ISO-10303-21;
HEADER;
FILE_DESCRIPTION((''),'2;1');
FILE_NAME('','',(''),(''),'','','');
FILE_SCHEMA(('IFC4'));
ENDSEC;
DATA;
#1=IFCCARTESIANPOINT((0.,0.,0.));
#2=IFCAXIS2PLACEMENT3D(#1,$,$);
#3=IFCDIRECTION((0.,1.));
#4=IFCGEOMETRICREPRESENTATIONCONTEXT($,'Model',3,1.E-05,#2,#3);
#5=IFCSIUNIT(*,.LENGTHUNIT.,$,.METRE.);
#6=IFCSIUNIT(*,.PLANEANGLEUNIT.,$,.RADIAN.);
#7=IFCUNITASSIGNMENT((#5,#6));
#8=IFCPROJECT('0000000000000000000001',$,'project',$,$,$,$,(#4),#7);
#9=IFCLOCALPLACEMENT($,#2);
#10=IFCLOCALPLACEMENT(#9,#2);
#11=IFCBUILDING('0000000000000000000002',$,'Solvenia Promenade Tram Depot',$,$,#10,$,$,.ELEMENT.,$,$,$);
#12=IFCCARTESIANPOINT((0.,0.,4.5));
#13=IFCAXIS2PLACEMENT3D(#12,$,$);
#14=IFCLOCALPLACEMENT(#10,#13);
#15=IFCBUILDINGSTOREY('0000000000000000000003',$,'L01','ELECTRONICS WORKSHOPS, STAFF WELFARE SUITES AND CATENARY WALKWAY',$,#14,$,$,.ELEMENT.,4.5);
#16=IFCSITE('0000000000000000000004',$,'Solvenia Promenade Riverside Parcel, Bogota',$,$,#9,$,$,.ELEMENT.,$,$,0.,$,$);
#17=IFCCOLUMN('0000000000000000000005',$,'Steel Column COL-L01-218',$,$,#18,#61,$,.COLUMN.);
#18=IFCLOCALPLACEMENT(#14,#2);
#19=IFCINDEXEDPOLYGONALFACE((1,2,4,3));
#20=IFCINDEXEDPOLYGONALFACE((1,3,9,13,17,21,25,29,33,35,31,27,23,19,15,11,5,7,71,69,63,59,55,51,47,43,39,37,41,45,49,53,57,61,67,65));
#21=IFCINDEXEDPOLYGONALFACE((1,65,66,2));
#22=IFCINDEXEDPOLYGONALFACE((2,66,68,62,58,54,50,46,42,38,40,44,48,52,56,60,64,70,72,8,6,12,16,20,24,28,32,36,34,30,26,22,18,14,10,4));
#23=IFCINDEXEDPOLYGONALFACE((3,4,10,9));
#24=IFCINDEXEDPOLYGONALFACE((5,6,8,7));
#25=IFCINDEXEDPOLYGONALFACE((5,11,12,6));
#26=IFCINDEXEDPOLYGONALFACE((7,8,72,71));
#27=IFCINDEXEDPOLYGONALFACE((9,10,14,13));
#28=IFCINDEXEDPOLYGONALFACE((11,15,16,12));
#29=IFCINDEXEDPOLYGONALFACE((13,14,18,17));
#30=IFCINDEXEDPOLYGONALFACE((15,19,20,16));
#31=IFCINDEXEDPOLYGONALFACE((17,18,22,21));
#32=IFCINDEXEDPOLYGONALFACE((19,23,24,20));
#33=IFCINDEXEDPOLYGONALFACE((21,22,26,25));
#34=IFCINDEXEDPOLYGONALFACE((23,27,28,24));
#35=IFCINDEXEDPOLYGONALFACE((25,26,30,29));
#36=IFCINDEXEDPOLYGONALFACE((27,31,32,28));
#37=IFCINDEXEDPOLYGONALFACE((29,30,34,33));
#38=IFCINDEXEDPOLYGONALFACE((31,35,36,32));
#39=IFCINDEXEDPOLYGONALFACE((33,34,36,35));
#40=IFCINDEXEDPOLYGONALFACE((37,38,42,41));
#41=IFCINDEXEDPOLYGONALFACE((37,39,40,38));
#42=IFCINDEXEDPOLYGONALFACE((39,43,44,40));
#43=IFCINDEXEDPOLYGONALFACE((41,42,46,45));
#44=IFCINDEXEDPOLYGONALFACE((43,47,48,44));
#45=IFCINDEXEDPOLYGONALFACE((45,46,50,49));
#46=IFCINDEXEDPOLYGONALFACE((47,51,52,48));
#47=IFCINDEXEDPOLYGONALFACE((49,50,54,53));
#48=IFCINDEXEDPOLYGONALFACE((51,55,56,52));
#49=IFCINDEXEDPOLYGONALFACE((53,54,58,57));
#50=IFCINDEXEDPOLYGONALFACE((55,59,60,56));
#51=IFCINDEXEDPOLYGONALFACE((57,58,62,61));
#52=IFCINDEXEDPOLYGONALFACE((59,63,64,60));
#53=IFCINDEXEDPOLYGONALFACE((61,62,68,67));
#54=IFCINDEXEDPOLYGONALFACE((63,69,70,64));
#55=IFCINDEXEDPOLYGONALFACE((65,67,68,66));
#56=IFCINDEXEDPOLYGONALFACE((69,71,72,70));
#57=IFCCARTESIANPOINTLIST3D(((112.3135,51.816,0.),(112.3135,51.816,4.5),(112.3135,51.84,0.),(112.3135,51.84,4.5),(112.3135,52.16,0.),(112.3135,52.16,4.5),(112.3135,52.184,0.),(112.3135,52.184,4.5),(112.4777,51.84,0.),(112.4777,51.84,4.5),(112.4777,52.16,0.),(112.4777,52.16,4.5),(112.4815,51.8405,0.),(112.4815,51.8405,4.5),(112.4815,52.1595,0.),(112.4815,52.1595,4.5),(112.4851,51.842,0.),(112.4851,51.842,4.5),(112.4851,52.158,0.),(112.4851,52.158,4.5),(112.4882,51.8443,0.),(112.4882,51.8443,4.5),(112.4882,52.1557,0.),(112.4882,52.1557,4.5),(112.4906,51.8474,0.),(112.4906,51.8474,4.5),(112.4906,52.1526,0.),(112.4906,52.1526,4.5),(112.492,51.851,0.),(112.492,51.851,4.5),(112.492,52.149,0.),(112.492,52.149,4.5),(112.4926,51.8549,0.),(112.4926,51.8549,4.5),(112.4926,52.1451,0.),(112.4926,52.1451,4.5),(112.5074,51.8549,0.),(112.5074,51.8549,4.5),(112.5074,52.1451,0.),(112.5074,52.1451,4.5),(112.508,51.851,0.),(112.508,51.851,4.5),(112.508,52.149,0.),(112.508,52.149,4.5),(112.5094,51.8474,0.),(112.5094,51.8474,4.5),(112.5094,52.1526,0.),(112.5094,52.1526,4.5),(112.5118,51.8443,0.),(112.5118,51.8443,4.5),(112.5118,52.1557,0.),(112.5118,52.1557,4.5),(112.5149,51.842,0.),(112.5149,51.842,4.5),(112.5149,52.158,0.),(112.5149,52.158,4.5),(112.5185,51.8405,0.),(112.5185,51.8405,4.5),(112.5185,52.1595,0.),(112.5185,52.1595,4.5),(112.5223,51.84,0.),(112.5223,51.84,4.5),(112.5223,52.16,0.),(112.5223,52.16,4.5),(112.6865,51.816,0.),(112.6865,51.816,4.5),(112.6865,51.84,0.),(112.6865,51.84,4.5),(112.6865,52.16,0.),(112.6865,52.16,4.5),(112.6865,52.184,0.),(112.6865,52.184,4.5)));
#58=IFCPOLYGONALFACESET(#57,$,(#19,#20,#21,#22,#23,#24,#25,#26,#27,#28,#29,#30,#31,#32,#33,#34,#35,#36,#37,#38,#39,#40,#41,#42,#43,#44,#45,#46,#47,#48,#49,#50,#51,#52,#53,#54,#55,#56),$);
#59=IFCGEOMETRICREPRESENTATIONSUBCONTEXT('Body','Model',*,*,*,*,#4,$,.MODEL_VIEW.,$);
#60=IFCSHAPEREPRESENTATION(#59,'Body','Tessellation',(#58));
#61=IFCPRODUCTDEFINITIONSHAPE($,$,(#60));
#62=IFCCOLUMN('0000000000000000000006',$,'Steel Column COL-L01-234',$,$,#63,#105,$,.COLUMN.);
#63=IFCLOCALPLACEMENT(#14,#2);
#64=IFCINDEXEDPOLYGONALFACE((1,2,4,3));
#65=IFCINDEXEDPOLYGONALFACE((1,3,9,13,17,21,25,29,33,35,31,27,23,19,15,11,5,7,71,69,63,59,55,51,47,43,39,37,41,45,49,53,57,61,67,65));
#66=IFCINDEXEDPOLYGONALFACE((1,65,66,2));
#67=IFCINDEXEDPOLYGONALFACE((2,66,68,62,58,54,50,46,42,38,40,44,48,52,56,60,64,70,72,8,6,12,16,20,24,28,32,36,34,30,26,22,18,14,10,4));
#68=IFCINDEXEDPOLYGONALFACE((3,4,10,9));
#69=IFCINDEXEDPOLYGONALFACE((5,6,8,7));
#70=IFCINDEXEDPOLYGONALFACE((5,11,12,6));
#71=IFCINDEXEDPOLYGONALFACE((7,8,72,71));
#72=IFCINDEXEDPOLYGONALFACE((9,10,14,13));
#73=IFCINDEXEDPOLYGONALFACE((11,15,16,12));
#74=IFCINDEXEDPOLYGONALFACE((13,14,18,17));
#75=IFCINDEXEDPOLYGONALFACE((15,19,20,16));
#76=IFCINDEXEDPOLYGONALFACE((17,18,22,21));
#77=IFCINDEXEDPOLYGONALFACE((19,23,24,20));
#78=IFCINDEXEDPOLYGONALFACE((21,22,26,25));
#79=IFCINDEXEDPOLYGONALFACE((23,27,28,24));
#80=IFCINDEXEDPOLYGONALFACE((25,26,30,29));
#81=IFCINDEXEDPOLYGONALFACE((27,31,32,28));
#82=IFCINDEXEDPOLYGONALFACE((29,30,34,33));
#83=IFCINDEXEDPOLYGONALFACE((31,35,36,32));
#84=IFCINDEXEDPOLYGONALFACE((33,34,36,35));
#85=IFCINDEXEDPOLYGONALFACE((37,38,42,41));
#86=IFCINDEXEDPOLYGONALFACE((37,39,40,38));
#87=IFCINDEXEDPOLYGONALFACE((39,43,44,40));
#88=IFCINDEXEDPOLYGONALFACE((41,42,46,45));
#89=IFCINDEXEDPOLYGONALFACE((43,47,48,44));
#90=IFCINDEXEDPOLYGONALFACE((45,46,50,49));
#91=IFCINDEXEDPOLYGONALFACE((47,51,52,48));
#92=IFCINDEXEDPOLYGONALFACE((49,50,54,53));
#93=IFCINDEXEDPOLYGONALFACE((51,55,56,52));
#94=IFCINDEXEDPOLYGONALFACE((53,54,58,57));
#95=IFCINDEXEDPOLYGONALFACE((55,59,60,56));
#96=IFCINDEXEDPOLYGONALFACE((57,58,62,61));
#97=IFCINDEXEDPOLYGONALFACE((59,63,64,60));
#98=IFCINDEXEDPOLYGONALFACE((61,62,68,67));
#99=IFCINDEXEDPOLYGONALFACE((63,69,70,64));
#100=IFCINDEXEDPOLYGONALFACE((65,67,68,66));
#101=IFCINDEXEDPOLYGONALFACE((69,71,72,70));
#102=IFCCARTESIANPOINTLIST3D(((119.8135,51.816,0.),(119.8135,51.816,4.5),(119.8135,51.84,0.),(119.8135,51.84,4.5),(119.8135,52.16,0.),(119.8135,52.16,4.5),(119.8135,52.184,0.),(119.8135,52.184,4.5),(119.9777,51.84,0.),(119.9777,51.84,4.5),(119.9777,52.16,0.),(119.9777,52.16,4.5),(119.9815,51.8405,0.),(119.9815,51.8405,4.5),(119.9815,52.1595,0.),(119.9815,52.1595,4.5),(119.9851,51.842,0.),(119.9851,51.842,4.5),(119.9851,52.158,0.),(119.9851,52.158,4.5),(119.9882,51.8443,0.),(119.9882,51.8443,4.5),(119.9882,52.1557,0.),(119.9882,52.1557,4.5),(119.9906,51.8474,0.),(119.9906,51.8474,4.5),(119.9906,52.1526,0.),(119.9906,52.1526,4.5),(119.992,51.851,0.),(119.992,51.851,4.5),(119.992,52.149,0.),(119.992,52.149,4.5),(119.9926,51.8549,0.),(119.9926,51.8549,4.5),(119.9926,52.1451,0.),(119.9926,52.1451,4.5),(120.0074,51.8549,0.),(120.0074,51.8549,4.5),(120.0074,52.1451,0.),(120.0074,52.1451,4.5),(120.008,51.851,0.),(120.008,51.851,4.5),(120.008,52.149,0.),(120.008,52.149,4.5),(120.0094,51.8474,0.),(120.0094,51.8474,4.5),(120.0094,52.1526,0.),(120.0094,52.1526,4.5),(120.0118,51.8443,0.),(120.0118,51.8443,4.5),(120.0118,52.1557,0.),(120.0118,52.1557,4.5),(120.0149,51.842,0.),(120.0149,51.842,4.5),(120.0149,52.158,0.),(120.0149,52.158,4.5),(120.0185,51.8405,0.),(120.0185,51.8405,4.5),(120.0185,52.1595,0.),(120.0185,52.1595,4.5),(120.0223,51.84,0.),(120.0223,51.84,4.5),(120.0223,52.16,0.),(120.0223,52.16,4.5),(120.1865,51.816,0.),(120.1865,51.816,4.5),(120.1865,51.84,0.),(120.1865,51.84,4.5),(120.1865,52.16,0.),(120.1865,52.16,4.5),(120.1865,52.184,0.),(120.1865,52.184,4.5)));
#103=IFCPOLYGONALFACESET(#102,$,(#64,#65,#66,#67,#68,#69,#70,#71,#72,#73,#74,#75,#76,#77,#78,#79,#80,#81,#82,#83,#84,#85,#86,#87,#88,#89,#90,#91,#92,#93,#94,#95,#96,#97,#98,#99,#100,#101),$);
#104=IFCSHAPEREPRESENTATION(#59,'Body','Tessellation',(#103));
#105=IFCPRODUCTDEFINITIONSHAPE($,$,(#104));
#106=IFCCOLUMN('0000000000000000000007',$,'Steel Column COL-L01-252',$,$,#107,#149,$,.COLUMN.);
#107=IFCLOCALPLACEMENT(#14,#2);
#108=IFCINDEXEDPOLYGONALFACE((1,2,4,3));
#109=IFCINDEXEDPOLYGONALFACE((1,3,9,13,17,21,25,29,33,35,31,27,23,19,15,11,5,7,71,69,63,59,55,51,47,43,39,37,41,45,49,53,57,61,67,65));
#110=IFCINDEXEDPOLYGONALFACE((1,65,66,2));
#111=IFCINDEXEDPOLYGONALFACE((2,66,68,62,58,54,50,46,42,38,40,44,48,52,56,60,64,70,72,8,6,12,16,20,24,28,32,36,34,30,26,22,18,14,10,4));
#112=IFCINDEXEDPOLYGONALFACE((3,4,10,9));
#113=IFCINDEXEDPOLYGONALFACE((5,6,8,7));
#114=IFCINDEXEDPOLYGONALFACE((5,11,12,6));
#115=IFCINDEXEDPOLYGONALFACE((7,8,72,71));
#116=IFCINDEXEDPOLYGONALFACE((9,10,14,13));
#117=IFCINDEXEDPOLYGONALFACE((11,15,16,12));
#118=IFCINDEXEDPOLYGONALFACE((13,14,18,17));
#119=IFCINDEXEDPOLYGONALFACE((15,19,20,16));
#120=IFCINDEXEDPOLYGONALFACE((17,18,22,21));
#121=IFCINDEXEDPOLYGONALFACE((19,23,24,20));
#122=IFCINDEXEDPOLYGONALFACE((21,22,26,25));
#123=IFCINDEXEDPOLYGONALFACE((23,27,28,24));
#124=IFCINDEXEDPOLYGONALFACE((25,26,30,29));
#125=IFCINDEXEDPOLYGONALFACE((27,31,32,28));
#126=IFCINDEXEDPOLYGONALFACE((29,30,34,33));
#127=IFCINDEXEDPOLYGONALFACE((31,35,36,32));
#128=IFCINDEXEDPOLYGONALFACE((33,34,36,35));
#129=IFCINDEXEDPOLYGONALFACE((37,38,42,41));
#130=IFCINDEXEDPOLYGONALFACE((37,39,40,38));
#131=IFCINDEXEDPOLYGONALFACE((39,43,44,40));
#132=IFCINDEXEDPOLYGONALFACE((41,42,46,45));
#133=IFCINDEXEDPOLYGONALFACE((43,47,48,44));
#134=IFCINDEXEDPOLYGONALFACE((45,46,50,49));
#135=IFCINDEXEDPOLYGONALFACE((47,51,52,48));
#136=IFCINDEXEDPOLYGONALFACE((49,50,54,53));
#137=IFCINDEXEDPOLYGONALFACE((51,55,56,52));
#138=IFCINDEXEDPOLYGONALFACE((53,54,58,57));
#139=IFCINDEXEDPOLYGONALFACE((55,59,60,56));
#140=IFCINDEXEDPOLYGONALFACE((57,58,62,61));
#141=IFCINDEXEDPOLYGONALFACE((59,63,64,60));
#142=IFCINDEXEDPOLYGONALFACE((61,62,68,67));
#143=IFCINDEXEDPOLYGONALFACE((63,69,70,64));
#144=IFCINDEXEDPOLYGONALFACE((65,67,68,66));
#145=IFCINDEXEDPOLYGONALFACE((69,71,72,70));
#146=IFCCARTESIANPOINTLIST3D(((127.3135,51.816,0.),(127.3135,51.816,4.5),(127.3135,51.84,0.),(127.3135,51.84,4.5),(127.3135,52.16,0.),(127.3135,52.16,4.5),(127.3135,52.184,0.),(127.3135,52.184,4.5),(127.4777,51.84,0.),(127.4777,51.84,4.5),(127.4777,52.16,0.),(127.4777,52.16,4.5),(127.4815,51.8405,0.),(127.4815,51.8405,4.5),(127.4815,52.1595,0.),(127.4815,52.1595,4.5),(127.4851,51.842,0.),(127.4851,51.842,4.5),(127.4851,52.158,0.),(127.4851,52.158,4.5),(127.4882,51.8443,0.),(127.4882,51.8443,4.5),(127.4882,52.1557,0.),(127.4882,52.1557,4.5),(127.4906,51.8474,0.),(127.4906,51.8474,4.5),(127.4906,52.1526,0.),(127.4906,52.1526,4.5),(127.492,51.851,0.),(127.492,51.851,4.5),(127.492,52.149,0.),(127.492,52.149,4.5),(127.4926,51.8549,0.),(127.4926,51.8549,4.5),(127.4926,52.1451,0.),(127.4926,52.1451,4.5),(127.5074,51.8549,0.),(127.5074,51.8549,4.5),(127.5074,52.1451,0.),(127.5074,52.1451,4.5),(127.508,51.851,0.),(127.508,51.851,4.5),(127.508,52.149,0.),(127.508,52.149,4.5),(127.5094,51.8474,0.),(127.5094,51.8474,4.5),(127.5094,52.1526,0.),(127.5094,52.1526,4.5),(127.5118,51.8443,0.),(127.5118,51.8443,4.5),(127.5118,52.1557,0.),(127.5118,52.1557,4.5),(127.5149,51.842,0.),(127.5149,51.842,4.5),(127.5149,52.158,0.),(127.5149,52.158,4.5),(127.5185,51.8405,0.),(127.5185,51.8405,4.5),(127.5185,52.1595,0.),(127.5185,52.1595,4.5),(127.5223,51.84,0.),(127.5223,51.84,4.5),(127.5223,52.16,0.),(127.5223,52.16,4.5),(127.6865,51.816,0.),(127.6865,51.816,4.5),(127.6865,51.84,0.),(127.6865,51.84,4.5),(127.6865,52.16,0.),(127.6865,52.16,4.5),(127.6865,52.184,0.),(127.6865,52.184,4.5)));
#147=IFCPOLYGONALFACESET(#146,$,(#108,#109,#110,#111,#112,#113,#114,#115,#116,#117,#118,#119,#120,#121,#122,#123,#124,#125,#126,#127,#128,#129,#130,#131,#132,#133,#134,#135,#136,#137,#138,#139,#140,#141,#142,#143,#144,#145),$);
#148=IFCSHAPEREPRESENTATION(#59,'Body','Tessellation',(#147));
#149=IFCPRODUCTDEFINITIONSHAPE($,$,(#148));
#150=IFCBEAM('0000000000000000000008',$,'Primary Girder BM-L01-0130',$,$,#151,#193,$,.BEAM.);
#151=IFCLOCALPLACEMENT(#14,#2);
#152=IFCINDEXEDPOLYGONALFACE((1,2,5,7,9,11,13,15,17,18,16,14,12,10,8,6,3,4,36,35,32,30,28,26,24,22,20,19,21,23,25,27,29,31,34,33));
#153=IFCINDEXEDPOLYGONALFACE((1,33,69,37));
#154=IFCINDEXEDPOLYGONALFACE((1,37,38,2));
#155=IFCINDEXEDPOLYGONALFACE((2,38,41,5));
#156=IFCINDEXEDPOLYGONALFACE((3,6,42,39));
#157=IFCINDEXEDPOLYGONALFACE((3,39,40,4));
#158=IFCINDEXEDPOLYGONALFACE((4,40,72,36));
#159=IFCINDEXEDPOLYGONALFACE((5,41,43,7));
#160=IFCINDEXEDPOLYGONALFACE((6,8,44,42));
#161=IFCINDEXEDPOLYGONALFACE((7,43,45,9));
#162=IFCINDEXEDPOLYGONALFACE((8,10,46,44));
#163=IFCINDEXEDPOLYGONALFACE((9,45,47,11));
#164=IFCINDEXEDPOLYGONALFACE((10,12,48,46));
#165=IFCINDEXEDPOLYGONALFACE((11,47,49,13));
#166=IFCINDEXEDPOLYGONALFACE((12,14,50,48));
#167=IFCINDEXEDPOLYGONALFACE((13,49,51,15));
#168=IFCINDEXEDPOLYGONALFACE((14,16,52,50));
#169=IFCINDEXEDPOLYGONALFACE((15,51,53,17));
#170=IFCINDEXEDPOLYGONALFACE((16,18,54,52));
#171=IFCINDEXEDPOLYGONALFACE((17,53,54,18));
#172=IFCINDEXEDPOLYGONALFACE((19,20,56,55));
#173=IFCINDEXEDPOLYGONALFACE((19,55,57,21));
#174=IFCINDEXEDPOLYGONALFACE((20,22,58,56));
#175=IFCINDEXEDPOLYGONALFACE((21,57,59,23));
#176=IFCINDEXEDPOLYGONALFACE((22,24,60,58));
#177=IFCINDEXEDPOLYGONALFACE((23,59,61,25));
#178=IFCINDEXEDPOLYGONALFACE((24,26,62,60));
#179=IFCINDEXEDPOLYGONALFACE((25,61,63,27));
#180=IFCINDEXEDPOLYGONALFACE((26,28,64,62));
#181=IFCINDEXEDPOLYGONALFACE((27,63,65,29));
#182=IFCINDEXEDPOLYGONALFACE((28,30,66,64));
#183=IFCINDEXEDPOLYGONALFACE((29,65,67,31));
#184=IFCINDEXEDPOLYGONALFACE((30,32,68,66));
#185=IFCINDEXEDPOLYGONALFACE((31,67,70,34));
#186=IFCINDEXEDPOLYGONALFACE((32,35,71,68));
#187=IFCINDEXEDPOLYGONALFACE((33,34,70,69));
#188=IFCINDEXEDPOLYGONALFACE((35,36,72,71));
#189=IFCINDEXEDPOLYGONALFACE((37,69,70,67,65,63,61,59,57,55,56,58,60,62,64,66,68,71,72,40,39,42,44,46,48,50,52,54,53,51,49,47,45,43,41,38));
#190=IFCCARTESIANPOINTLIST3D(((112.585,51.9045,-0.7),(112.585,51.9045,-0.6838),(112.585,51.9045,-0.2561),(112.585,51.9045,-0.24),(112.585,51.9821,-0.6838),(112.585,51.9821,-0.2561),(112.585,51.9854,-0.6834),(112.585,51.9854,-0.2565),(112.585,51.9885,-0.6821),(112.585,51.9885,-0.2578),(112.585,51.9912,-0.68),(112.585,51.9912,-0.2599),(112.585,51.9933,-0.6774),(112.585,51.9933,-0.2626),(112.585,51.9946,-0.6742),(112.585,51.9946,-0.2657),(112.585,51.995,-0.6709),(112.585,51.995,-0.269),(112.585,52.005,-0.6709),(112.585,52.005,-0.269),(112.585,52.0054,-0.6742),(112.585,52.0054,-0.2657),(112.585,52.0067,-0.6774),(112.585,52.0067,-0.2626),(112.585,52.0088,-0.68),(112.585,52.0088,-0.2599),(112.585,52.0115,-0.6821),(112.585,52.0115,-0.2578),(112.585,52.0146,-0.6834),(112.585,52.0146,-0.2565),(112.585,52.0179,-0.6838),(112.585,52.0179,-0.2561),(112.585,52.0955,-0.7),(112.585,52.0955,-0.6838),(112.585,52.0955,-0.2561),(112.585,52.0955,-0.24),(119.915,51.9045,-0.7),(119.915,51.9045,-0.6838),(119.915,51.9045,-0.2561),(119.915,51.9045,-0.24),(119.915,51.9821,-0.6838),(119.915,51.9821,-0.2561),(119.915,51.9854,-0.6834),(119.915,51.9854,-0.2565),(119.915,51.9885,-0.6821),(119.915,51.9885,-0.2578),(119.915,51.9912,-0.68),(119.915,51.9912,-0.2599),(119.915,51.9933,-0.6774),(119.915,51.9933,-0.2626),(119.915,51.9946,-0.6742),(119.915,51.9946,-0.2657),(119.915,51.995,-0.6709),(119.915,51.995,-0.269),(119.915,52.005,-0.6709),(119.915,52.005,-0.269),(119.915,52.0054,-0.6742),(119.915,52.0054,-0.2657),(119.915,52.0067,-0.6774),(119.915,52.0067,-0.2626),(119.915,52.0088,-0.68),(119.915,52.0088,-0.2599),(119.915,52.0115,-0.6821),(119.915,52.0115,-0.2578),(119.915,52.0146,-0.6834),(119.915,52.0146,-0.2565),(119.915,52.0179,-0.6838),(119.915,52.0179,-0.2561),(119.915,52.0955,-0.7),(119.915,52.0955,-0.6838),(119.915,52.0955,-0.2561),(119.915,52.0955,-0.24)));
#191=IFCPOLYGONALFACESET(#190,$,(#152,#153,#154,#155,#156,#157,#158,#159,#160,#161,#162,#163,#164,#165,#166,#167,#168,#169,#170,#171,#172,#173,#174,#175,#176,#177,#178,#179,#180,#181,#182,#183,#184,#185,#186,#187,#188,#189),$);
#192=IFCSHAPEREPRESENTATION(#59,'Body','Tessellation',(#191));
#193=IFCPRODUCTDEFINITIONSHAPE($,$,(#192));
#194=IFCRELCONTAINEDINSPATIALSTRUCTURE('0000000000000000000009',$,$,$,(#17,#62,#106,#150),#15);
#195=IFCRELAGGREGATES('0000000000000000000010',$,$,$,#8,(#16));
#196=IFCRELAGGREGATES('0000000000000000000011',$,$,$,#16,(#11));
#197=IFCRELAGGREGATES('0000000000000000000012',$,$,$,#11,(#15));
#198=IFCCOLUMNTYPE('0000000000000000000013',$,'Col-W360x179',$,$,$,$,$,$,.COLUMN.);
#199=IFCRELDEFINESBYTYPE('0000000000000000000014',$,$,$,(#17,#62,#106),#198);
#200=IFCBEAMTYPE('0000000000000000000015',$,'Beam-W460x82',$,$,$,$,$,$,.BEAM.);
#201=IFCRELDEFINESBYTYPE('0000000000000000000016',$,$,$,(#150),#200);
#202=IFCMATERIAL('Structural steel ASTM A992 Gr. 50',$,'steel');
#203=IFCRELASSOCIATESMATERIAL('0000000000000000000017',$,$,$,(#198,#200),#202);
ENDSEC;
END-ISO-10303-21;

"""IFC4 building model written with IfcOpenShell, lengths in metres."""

from ifc_helpers import new_model, si_unit, direction, frame, origin, origin_2d, place, context, subcontext, project, spatial, i_section, extrude, material, material_profile, profile_set, type_object, element, save


model = new_model("IFC4")

# Units and contexts
model_context = context("Model", 3, precision=1e-05, world=origin(), true_north=direction((0.0, 1.0)))
body_context = subcontext(model_context, "Body", "Model", "MODEL_VIEW")
ifc_project = project(units=[si_unit("LENGTHUNIT", "METRE"), si_unit("PLANEANGLEUNIT", "RADIAN")], contexts=[model_context])

# Site, building, storey
site_placement = place(None, origin())
site = spatial("IfcSite", under=ifc_project, at=site_placement, Name="Solvenia Promenade Riverside Parcel, Bogota", CompositionType="ELEMENT", RefElevation=0.0)
building_placement = place(site_placement, origin())
building = spatial("IfcBuilding", under=site, at=building_placement, Name="Solvenia Promenade Tram Depot", CompositionType="ELEMENT")
storey_placement = place(building_placement, frame((0.0, 0.0, 4.5)))
storey = spatial("IfcBuildingStorey", under=building, at=storey_placement, Name="L01", Description="ELECTRONICS WORKSHOPS, STAFF WELFARE SUITES AND CATENARY WALKWAY", CompositionType="ELEMENT", Elevation=4.5)

# Columns
ifc_material_1 = material(Name="Structural steel ASTM A992 Gr. 50", Category="steel")
ifc_material_profile_1 = material_profile(ifc_material_1, i_section(OverallWidth=0.373, OverallDepth=0.3679, WebThickness=0.0149, FlangeThickness=0.0239, FilletRadius=0.0149, at=origin_2d()), Name="W360x179", Category="steel")
ifc_profile_set_1 = profile_set([ifc_material_profile_1], Name="Structural steel ASTM A992 Gr. 50")
column_type = type_object("IfcColumnType", Name="Col-W360x179", PredefinedType="COLUMN", material=ifc_profile_set_1)
for number, where, z_axis, x_axis, name in (
    (1, (112.5, 52.0, 0.0), (0.0, 0.0, 1.0), (1.0, 0.0, 0.0), "Steel Column COL-L01-218"),
    (2, (120.0, 52.0, 0.0), (0.0, 0.0, 1.0), (1.0, 0.0, 0.0), "Steel Column COL-L01-234"),
    (3, (127.5, 52.0, 0.0), (0.0, 0.0, 1.0), (1.0, 0.0, 0.0), "Steel Column COL-L01-252"),
):
    element("IfcColumn", number, at=place(storey_placement, frame(where, z_axis=z_axis, x_axis=x_axis)), inside=storey, type_object=column_type, Name=name, PredefinedType="COLUMN", context=body_context, shape_type="SweptSolid", body=[
        extrude(i_section(OverallWidth=0.373, OverallDepth=0.3679, WebThickness=0.0149, FlangeThickness=0.0239, FilletRadius=0.0149, at=origin_2d()), origin(), (0.0, 0.0, 1.0), 4.5),
    ])

# Beam
ifc_material_profile_2 = material_profile(ifc_material_1, i_section(OverallWidth=0.1909, OverallDepth=0.46, WebThickness=0.01, FlangeThickness=0.0161, FilletRadius=0.0129, at=origin_2d()), Name="W460x82", Category="steel")
ifc_profile_set_2 = profile_set([ifc_material_profile_2], Name="Structural steel ASTM A992 Gr. 50")
beam_type_1 = type_object("IfcBeamType", Name="Beam-W460x82", PredefinedType="BEAM", material=ifc_profile_set_2)
for number, where, z_axis, x_axis, name in (
    (4, (112.585, 52.0, -0.47), (1.0, 0.0, 0.0), (0.0, 1.0, 0.0), "Primary Girder BM-L01-0130"),
):
    element("IfcBeam", number, at=place(storey_placement, frame(where, z_axis=z_axis, x_axis=x_axis)), inside=storey, type_object=beam_type_1, Name=name, PredefinedType="BEAM", context=body_context, shape_type="SweptSolid", body=[
        extrude(i_section(OverallWidth=0.1909, OverallDepth=0.46, WebThickness=0.01, FlangeThickness=0.0161, FilletRadius=0.0129, at=origin_2d()), origin(), (0.0, 0.0, 1.0), 7.3301),
    ])

save(model, "model.ifc")
